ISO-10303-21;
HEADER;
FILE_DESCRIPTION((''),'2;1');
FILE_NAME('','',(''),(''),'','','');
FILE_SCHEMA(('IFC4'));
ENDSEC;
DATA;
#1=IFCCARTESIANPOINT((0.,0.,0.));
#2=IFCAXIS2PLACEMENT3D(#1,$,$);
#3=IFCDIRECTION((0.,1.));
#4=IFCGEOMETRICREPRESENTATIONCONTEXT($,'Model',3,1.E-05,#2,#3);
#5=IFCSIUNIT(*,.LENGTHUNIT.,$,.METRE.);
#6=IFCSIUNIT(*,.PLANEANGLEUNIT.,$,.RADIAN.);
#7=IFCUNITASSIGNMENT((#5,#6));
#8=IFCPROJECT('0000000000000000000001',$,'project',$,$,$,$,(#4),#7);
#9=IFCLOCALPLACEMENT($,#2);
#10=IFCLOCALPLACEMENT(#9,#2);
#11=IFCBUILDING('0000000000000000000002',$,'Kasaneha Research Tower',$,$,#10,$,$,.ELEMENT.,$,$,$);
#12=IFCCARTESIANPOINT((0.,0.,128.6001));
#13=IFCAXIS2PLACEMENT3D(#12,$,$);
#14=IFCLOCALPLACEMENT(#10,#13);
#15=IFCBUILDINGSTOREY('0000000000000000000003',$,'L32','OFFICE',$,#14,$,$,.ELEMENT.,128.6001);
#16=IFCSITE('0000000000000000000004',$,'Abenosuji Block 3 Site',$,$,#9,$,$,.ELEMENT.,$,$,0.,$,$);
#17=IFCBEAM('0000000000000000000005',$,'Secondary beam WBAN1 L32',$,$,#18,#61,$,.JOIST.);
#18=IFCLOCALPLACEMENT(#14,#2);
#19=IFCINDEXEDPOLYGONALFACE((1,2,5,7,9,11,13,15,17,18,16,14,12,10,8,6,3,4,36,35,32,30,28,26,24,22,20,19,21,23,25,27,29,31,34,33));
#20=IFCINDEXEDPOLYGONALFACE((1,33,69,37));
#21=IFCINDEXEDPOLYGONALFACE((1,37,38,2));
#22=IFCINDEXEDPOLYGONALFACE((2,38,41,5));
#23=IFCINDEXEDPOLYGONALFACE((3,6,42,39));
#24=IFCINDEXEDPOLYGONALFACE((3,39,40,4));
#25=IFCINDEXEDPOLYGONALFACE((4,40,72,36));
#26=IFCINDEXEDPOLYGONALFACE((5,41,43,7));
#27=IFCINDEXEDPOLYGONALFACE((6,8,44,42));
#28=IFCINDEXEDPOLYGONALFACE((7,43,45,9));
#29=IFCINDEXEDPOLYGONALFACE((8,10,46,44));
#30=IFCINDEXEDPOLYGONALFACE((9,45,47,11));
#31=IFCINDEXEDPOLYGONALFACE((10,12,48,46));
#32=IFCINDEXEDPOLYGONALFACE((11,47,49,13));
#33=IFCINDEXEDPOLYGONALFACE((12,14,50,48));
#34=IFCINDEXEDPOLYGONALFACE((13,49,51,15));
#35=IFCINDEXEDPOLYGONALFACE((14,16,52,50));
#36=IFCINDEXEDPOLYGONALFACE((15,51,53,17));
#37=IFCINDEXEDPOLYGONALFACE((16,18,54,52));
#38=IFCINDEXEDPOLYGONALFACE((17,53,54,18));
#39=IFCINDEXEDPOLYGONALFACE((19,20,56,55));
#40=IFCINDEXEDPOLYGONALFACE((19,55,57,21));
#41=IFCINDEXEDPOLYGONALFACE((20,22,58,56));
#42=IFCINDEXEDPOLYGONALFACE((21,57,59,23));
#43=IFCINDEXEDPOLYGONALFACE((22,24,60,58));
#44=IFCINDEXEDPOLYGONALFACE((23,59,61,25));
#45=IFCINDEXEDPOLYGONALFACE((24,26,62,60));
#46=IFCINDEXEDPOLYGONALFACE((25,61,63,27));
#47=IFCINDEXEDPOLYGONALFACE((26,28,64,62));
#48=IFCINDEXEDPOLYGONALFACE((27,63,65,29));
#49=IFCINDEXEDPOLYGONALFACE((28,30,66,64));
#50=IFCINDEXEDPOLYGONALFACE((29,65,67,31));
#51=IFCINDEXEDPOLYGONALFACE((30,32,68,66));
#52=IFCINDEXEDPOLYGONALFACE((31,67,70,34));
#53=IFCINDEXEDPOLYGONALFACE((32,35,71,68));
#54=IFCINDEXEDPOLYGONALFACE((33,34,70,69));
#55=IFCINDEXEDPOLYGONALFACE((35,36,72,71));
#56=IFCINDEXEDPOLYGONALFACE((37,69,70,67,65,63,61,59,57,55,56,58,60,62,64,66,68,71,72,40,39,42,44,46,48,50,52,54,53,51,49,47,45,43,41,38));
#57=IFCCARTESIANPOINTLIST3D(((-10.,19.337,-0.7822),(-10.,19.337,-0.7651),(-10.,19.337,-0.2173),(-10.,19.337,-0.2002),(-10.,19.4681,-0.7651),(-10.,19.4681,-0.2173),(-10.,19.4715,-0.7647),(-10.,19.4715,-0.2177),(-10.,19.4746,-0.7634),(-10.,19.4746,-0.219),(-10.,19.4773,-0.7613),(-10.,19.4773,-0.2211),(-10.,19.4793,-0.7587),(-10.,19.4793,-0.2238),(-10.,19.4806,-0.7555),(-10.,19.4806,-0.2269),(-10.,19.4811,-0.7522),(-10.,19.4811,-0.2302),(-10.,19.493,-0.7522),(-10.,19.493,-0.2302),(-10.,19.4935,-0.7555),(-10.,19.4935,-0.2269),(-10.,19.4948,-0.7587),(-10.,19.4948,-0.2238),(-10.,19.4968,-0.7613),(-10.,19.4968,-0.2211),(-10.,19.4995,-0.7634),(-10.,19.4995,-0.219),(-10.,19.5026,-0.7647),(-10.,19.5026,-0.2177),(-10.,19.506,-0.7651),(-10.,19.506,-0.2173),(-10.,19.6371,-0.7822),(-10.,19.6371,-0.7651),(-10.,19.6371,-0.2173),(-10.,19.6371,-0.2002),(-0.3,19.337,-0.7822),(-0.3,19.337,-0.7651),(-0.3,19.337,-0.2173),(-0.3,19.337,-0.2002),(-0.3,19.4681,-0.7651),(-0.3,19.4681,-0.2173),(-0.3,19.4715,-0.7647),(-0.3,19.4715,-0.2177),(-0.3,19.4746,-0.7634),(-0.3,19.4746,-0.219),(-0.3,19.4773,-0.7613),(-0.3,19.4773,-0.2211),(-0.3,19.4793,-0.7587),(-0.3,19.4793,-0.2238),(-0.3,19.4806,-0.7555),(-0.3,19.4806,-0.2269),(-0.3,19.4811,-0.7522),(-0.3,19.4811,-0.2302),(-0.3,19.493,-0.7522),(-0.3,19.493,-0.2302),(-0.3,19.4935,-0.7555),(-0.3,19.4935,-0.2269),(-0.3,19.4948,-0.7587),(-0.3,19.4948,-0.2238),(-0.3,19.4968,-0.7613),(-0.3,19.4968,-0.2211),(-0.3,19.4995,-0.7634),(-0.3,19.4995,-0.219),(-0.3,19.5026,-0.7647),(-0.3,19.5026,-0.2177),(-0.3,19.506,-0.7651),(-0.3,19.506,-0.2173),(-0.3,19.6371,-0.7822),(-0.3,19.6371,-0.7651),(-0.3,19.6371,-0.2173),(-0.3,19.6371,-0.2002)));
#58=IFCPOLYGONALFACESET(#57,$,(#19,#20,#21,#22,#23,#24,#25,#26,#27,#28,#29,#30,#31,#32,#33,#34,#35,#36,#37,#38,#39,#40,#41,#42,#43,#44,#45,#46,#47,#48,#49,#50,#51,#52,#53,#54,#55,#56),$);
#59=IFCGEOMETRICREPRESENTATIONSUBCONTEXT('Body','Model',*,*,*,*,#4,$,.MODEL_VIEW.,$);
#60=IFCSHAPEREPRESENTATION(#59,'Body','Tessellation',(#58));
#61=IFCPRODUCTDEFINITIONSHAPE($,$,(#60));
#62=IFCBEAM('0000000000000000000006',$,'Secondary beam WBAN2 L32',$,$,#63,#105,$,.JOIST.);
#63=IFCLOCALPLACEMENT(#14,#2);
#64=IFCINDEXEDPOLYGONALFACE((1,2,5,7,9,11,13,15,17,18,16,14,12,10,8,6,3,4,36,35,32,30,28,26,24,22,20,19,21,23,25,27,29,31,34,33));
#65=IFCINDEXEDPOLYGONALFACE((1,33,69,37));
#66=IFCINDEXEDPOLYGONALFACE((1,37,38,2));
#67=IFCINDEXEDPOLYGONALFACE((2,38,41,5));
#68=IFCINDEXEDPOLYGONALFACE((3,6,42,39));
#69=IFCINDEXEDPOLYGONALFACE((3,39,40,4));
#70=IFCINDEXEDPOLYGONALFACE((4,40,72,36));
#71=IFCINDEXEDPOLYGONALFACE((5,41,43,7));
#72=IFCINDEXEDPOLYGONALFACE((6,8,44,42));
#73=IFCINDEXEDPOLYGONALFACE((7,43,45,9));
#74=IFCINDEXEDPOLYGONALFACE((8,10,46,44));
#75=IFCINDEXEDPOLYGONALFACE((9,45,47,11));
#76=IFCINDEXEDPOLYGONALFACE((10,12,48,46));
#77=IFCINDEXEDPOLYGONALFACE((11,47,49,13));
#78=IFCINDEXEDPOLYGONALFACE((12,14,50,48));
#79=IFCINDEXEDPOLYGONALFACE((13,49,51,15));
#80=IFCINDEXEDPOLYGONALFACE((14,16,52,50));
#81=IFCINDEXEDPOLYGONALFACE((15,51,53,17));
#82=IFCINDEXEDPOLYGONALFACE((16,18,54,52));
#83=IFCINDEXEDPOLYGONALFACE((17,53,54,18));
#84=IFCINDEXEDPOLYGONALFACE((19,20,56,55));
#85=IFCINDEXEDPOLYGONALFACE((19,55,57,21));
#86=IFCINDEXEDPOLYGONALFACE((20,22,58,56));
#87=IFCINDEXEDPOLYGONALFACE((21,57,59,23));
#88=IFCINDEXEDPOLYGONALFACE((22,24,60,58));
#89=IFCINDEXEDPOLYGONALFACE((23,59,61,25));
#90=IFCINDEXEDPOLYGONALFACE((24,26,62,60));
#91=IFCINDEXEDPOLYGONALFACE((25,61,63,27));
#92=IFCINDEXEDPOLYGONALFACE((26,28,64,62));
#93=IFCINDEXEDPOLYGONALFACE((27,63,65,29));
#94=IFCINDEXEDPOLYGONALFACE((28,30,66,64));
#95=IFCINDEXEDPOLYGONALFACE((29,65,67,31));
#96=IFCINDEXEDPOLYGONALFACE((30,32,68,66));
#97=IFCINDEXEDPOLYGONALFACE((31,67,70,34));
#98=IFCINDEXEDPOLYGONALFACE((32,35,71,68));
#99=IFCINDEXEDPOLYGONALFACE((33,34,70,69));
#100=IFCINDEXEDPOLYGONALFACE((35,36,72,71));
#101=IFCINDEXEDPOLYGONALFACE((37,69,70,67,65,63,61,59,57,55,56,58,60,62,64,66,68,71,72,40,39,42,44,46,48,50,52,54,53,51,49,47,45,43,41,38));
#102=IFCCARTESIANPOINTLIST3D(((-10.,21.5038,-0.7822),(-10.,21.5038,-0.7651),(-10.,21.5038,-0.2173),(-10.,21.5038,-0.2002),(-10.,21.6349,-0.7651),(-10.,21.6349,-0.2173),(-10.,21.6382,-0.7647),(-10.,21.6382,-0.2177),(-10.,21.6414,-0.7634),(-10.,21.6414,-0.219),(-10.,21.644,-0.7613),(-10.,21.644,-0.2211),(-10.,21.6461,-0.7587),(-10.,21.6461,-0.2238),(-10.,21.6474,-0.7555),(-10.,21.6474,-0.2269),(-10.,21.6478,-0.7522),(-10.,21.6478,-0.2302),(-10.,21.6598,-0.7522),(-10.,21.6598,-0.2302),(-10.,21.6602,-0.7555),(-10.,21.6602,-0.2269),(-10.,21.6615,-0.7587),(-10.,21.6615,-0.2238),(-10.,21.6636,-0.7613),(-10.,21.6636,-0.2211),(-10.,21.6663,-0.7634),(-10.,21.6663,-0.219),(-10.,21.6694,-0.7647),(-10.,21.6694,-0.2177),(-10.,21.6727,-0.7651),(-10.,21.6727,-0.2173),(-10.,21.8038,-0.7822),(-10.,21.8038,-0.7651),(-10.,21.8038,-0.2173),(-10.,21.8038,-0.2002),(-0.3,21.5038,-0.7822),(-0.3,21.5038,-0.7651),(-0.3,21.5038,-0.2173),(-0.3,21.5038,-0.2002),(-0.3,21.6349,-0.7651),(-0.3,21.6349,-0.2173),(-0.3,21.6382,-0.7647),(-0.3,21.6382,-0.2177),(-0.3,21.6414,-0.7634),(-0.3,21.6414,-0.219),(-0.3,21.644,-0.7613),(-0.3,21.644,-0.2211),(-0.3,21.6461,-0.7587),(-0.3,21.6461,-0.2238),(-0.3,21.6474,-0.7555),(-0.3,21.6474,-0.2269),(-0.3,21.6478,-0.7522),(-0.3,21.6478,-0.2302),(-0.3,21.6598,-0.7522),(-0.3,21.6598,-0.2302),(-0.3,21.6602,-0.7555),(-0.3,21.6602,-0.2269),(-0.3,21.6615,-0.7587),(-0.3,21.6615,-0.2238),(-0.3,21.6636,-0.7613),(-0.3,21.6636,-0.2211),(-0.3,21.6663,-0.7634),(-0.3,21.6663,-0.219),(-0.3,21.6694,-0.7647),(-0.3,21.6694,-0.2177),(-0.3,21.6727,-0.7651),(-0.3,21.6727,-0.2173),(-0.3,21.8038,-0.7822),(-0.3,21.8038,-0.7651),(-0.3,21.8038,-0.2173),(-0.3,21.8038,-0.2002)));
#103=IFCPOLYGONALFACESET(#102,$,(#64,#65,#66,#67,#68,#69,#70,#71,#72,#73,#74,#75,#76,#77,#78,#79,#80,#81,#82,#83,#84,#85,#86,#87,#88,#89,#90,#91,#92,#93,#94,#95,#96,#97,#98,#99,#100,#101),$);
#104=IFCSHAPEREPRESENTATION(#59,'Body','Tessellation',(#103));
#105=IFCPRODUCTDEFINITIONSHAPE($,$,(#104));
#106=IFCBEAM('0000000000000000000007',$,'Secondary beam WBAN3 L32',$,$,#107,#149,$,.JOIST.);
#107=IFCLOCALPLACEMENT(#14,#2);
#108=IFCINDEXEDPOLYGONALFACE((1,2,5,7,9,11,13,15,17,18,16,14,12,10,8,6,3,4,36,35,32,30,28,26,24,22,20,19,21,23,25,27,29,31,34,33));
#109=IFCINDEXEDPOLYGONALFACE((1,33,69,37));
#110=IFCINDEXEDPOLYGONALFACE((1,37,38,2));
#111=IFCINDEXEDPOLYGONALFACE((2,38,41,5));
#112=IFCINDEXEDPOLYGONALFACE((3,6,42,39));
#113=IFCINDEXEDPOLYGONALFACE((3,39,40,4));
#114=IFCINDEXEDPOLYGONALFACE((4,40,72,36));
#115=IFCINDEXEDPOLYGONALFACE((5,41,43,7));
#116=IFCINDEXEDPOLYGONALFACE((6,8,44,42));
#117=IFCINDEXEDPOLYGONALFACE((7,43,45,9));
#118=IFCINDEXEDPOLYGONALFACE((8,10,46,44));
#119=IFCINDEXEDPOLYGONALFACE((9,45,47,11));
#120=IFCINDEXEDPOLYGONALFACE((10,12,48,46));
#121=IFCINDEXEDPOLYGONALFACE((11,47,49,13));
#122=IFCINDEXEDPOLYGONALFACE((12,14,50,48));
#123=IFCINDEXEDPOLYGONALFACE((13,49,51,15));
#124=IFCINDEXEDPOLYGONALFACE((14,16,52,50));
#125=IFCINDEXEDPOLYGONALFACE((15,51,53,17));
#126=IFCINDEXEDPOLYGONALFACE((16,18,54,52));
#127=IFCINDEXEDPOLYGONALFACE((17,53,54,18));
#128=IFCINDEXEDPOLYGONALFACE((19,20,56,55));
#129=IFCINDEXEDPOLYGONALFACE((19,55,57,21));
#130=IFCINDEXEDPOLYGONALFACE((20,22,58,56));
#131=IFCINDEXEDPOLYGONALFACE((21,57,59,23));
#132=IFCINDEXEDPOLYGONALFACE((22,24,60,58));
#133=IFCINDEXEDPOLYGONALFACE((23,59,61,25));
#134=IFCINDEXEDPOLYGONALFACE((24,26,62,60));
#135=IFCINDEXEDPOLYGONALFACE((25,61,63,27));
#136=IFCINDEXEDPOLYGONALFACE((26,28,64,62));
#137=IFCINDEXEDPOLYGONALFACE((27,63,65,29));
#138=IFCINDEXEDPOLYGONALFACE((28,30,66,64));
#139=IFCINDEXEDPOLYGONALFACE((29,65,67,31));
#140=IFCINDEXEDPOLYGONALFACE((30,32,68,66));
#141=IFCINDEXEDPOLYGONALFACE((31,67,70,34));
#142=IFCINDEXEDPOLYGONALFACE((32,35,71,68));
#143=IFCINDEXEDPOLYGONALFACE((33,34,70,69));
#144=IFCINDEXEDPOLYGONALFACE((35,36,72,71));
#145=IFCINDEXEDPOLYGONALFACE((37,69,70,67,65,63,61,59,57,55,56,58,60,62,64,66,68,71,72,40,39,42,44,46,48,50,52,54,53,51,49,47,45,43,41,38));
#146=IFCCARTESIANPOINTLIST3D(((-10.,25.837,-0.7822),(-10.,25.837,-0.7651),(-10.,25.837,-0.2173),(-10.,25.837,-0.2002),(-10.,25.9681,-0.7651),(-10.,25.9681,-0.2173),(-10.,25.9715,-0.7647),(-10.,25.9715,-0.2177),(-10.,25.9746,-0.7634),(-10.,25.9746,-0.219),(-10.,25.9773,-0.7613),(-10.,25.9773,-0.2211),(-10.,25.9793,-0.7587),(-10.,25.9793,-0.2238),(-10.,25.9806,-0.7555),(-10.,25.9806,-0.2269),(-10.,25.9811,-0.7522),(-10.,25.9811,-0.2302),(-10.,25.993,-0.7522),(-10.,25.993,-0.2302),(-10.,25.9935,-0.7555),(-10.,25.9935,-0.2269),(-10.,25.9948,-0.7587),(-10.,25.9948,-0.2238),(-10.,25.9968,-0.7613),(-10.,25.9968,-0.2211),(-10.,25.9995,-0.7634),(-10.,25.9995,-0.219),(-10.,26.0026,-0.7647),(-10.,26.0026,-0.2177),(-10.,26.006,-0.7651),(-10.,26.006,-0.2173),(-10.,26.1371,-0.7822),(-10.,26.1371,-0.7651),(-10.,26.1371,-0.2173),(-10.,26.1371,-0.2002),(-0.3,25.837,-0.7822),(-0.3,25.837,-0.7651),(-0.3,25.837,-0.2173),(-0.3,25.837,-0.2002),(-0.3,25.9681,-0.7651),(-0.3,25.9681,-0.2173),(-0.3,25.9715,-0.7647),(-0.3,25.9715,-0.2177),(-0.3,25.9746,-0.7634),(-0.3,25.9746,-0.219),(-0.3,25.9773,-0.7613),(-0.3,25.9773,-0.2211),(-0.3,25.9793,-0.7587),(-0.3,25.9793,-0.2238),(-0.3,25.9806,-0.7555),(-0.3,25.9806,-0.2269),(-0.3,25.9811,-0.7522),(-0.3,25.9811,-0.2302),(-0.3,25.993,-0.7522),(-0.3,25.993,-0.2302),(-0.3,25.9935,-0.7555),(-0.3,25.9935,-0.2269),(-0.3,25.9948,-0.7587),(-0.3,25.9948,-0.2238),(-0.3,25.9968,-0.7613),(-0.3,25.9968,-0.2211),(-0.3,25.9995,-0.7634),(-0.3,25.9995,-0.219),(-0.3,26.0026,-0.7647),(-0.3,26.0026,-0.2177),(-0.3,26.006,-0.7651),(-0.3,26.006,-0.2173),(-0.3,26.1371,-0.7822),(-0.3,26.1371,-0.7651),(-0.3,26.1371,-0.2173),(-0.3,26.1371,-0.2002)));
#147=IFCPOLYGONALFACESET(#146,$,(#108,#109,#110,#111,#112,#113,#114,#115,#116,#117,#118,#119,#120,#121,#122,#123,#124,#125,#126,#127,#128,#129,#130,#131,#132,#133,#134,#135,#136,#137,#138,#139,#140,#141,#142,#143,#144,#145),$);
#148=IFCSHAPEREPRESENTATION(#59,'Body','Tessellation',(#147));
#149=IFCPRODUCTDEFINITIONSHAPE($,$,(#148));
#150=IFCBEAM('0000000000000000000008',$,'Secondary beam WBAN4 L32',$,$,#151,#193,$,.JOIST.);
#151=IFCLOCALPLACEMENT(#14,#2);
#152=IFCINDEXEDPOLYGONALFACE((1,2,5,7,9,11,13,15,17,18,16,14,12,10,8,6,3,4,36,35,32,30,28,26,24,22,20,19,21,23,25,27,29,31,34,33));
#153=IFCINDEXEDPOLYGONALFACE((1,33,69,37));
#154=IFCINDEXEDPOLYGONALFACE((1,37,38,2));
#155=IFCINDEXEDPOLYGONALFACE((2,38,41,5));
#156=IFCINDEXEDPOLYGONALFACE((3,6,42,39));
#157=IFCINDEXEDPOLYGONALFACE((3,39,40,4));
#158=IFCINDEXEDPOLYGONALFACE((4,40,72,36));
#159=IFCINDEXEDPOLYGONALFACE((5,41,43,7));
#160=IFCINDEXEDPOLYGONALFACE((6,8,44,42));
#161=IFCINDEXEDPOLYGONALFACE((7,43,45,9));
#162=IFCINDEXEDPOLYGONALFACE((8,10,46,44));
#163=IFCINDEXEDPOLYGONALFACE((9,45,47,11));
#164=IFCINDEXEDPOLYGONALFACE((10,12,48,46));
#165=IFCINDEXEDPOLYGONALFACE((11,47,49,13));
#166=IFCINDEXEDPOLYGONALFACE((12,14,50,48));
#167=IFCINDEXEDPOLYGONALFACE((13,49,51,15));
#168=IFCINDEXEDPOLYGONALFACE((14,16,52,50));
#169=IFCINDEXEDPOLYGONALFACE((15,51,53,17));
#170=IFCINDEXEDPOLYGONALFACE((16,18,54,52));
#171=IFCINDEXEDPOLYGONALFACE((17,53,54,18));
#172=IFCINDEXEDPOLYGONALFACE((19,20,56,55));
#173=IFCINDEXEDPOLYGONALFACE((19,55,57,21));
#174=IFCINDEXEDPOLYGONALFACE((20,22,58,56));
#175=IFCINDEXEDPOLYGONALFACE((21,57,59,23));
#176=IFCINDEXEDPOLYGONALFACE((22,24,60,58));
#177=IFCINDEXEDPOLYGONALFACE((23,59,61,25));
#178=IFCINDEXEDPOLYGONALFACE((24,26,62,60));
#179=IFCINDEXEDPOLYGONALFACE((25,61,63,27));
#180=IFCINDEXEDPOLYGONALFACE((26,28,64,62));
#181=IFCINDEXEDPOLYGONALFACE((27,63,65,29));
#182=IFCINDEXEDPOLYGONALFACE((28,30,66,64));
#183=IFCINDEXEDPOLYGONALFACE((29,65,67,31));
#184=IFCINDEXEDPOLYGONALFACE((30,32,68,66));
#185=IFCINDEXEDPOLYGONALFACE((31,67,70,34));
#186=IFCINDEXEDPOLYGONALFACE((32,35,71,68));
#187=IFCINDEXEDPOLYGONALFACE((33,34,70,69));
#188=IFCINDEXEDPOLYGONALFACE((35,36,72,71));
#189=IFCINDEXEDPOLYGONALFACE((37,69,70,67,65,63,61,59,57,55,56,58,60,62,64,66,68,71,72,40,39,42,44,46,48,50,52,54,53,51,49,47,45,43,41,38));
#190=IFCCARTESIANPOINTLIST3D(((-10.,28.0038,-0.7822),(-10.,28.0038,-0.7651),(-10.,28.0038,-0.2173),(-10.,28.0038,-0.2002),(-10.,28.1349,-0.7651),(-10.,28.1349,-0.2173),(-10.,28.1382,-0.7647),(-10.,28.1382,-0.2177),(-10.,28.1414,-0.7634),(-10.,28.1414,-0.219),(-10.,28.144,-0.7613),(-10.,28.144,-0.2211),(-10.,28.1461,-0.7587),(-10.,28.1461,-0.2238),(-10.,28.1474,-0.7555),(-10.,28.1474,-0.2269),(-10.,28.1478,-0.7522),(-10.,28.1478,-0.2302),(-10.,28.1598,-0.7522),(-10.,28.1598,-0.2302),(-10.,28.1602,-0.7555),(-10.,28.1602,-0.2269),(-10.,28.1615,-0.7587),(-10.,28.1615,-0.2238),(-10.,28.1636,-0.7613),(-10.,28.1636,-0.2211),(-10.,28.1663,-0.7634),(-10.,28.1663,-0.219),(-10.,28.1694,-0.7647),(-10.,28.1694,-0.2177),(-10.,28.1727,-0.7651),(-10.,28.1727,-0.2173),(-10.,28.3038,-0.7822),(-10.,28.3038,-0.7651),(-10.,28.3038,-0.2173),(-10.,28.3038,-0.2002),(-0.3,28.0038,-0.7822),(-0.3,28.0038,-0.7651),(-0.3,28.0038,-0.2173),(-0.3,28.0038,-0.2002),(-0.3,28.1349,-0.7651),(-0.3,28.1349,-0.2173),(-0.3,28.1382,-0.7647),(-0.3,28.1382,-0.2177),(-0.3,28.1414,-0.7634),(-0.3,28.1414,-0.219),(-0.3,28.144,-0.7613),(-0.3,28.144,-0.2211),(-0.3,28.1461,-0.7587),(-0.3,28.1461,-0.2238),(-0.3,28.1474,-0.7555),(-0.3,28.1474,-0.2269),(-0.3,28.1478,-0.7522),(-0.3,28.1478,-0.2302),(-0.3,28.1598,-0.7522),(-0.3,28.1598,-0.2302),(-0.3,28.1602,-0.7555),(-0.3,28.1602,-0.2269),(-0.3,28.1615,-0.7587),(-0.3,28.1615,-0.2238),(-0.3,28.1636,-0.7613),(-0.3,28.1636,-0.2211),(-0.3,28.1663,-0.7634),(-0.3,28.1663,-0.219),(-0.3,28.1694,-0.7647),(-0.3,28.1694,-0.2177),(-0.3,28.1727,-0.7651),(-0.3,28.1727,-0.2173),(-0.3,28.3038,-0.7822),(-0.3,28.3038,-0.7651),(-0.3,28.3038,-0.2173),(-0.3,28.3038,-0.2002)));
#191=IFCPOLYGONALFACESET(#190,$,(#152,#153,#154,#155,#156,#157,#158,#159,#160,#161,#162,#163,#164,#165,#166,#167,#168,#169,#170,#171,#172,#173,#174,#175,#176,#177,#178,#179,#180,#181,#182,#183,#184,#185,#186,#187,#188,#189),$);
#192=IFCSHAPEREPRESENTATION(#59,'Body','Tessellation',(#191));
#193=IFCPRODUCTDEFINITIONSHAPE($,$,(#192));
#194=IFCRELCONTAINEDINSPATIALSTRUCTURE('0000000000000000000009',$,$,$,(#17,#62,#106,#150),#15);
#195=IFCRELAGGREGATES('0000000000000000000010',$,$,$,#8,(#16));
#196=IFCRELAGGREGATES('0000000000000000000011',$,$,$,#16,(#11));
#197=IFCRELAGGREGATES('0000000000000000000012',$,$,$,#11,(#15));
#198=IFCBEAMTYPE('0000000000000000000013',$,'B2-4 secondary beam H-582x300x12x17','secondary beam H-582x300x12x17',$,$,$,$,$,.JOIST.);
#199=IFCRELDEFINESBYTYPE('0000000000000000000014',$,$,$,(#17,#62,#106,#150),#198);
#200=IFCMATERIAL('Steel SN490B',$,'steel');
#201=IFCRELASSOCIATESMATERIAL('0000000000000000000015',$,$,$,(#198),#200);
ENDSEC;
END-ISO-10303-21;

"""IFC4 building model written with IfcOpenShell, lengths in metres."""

from ifc_helpers import new_model, si_unit, direction, frame, origin, origin_2d, place, context, subcontext, project, spatial, i_section, extrude, material, material_profile, profile_set, type_object, element, save


model = new_model("IFC4")

# Units and contexts
model_context = context("Model", 3, precision=1e-05, world=origin(), true_north=direction((0.0, 1.0)))
body_context = subcontext(model_context, "Body", "Model", "MODEL_VIEW")
ifc_project = project(units=[si_unit("LENGTHUNIT", "METRE"), si_unit("PLANEANGLEUNIT", "RADIAN")], contexts=[model_context])

# Site, building, storey
site_placement = place(None, origin())
site = spatial("IfcSite", under=ifc_project, at=site_placement, Name="Abenosuji Block 3 Site", CompositionType="ELEMENT", RefElevation=0.0)
building_placement = place(site_placement, origin())
building = spatial("IfcBuilding", under=site, at=building_placement, Name="Kasaneha Research Tower", CompositionType="ELEMENT")
storey_placement = place(building_placement, frame((0.0, 0.0, 128.6001)))
storey = spatial("IfcBuildingStorey", under=building, at=storey_placement, Name="L32", Description="OFFICE", CompositionType="ELEMENT", Elevation=128.6001)

# Beams
ifc_material_1 = material(Name="Steel SN490B", Category="steel")
ifc_material_profile_1 = material_profile(ifc_material_1, i_section(OverallWidth=0.3, OverallDepth=0.582, WebThickness=0.012, FlangeThickness=0.0171, FilletRadius=0.0129, at=origin_2d()), Name="H-582x300x12x17")
ifc_profile_set_1 = profile_set([ifc_material_profile_1], Name="Steel SN490B")
beam_type_1 = type_object("IfcBeamType", Name="B2-4 secondary beam H-582x300x12x17", Description="secondary beam H-582x300x12x17", PredefinedType="JOIST", material=ifc_profile_set_1)
for number, where, z_axis, x_axis, name in (
    (1, (-10.0, 19.4871, -0.4912), (1.0, 0.0, 0.0), (0.0, 1.0, 0.0), "Secondary beam WBAN1 L32"),
    (2, (-10.0, 21.6538, -0.4912), (1.0, 0.0, 0.0), (0.0, 1.0, 0.0), "Secondary beam WBAN2 L32"),
    (3, (-10.0, 25.9871, -0.4912), (1.0, 0.0, 0.0), (0.0, 1.0, 0.0), "Secondary beam WBAN3 L32"),
    (4, (-10.0, 28.1538, -0.4912), (1.0, 0.0, 0.0), (0.0, 1.0, 0.0), "Secondary beam WBAN4 L32"),
):
    element("IfcBeam", number, at=place(storey_placement, frame(where, z_axis=z_axis, x_axis=x_axis)), inside=storey, type_object=beam_type_1, Name=name, PredefinedType="JOIST", context=body_context, shape_type="SweptSolid", body=[
        extrude(i_section(OverallWidth=0.3, OverallDepth=0.582, WebThickness=0.012, FlangeThickness=0.0171, FilletRadius=0.0129, at=origin_2d()), origin(), (0.0, 0.0, 1.0), 9.7),
    ])

save(model, "model.ifc")
